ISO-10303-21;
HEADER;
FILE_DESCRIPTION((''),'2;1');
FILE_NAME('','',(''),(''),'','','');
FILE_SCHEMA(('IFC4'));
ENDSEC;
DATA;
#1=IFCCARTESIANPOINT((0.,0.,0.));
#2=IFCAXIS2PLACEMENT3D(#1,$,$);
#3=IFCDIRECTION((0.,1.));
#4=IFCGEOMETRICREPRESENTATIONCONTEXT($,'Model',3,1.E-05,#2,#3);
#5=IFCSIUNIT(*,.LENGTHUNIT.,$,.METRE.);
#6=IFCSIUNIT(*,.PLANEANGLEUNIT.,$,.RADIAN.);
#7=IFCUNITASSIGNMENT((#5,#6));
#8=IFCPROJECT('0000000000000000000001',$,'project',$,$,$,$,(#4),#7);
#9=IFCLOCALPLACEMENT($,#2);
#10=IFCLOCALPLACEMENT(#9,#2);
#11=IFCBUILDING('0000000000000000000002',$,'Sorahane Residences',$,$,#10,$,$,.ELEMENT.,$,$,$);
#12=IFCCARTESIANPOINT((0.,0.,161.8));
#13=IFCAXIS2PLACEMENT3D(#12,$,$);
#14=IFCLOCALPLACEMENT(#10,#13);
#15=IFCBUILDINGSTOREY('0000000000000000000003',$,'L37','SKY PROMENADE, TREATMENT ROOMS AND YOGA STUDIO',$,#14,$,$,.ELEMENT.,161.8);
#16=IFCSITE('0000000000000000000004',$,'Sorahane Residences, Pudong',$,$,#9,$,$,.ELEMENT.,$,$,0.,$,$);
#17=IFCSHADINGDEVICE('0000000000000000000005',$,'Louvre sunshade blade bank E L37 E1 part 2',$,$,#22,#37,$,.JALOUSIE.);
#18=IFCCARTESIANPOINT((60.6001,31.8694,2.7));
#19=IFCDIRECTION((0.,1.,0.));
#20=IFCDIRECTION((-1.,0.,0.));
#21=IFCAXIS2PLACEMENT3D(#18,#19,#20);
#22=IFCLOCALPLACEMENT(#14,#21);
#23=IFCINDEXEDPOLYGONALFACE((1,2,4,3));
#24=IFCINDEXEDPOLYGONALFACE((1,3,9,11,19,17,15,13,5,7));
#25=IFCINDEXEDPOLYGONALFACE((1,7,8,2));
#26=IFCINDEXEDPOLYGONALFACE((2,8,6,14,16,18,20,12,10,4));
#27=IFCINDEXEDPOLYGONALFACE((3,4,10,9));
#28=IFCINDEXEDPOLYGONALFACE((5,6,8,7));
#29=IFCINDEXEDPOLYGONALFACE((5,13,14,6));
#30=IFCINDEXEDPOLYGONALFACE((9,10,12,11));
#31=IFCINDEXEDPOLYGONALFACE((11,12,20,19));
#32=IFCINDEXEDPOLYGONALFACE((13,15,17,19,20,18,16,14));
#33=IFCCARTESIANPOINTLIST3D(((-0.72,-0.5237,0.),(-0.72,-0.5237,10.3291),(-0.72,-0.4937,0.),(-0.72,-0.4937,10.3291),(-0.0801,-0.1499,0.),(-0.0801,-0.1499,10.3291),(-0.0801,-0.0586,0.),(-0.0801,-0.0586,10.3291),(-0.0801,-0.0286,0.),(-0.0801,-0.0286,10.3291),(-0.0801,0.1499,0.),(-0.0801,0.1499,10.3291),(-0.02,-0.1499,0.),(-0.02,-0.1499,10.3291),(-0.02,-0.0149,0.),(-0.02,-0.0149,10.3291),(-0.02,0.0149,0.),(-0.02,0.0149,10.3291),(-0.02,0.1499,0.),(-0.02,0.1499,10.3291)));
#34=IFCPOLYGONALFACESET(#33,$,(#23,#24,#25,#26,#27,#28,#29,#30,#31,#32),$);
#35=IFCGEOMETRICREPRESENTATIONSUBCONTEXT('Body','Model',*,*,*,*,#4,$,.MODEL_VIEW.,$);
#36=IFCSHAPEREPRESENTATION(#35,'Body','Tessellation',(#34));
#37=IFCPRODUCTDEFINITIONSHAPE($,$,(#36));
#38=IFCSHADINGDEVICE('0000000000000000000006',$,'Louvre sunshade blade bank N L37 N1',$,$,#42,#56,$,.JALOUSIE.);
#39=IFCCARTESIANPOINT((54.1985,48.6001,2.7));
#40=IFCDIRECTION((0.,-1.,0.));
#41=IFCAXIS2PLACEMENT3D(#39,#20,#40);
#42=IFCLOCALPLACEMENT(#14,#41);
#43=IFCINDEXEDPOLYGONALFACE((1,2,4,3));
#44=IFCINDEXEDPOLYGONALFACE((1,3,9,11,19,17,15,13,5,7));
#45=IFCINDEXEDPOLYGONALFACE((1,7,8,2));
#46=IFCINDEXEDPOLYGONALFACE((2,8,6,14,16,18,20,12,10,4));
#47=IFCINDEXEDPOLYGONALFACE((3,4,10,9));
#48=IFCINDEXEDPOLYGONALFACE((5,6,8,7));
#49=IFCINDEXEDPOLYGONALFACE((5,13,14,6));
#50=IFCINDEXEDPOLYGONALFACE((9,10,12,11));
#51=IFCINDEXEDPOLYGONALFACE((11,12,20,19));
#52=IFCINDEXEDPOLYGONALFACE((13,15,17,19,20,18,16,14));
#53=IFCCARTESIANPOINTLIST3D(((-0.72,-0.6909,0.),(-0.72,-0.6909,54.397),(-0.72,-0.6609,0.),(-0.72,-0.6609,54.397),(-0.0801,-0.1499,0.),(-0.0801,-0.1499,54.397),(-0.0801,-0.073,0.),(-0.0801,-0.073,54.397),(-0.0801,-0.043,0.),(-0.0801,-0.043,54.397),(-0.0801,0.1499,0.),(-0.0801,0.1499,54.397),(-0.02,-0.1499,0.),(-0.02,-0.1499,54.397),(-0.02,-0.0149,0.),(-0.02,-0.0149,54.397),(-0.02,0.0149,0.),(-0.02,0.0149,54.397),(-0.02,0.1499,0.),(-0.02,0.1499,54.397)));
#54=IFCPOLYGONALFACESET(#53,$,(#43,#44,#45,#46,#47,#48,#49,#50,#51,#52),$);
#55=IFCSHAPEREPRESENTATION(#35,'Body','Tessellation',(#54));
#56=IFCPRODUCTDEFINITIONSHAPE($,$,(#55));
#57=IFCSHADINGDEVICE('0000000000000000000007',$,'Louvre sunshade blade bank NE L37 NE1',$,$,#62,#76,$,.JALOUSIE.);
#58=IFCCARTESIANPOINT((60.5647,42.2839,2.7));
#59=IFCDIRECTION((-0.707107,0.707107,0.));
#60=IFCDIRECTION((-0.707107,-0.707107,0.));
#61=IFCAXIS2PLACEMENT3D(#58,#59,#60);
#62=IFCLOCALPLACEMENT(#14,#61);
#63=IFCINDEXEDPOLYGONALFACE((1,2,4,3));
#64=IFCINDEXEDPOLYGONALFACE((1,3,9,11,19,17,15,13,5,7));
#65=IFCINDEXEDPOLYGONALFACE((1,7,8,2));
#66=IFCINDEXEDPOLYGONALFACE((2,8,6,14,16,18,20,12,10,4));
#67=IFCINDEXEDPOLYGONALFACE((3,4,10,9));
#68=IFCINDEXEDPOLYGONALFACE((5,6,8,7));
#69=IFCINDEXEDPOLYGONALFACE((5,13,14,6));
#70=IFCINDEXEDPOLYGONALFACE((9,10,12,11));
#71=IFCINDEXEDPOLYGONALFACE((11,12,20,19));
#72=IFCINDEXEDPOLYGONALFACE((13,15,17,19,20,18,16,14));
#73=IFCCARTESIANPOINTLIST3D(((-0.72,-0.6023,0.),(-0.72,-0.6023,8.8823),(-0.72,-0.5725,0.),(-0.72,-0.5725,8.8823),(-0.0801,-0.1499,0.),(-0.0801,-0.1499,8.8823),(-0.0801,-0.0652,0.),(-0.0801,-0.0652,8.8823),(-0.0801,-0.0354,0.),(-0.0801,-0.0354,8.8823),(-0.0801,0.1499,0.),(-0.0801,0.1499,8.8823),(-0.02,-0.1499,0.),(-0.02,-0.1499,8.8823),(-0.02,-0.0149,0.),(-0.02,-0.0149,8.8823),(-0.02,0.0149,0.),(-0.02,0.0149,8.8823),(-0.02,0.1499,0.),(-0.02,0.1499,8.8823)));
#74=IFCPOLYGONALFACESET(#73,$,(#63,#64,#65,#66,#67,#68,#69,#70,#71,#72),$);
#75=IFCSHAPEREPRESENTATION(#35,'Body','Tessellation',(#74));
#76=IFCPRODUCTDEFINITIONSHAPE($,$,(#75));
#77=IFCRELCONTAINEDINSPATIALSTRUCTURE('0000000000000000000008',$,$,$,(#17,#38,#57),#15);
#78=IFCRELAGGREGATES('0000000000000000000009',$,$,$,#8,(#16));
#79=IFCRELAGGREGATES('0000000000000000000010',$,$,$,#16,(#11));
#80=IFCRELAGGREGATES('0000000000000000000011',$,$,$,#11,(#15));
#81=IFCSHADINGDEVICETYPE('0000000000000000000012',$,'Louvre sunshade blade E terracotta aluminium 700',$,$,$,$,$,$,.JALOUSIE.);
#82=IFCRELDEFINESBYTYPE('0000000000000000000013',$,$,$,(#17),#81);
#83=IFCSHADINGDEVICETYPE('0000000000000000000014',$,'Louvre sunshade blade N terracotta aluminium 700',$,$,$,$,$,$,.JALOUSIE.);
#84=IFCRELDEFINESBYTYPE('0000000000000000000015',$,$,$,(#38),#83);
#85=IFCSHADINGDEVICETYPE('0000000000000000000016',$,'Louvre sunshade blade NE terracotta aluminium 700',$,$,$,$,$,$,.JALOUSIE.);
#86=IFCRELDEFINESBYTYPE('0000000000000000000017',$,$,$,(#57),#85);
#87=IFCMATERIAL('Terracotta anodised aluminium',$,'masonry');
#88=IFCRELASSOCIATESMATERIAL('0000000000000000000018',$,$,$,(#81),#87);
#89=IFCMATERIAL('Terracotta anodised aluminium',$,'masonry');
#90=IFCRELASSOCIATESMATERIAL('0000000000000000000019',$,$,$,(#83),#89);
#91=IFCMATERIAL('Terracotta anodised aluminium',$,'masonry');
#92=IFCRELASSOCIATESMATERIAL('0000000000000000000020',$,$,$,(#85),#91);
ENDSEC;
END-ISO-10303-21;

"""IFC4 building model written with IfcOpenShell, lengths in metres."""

from ifc_helpers import new_model, si_unit, direction, frame, origin, place, context, subcontext, project, spatial, polyline, outline, extrude, material, type_object, element, save


model = new_model("IFC4")

# Units and contexts
model_context = context("Model", 3, precision=1e-05, world=origin(), true_north=direction((0.0, 1.0)))
body_context = subcontext(model_context, "Body", "Model", "MODEL_VIEW")
ifc_project = project(units=[si_unit("LENGTHUNIT", "METRE"), si_unit("PLANEANGLEUNIT", "RADIAN")], contexts=[model_context])

# Site, building, storey
site_placement = place(None, origin())
site = spatial("IfcSite", under=ifc_project, at=site_placement, Name="Sorahane Residences, Pudong", CompositionType="ELEMENT", RefElevation=0.0)
building_placement = place(site_placement, origin())
building = spatial("IfcBuilding", under=site, at=building_placement, Name="Sorahane Residences", CompositionType="ELEMENT")
storey_placement = place(building_placement, frame((0.0, 0.0, 161.8)))
storey = spatial("IfcBuildingStorey", under=building, at=storey_placement, Name="L37", Description="SKY PROMENADE, TREATMENT ROOMS AND YOGA STUDIO", CompositionType="ELEMENT", Elevation=161.8)

# Shading devices
ifc_material_1 = material(Name="Terracotta anodised aluminium", Category="masonry")
shading_device_type_1 = type_object("IfcShadingDeviceType", Name="Louvre sunshade blade E terracotta aluminium 700", PredefinedType="JALOUSIE", material=ifc_material_1)
shading_device_1_placement = place(storey_placement, frame((60.6001, 31.8694, 2.7), z_axis=(0.0, 1.0, 0.0), x_axis=(-1.0, 0.0, 0.0)))
element("IfcShadingDevice", 1, at=shading_device_1_placement, inside=storey, type_object=shading_device_type_1, Name="Louvre sunshade blade bank E L37 E1 part 2", PredefinedType="JALOUSIE", context=body_context, shape_type="SweptSolid", body=[
    extrude(outline(polyline([(-0.72, -0.4937), (-0.72, -0.5237), (-0.0801, -0.0586), (-0.0801, -0.1499), (-0.02, -0.1499), (-0.02, -0.0149), (-0.02, 0.0149), (-0.02, 0.1499), (-0.0801, 0.1499), (-0.0801, -0.0286), (-0.72, -0.4937)])), origin(), (0.0, 0.0, 1.0), 10.3291),
])
ifc_material_2 = material(Name="Terracotta anodised aluminium", Category="masonry")
shading_device_type_2 = type_object("IfcShadingDeviceType", Name="Louvre sunshade blade N terracotta aluminium 700", PredefinedType="JALOUSIE", material=ifc_material_2)
shading_device_2_placement = place(storey_placement, frame((54.1985, 48.6001, 2.7), z_axis=(-1.0, 0.0, 0.0), x_axis=(0.0, -1.0, 0.0)))
element("IfcShadingDevice", 2, at=shading_device_2_placement, inside=storey, type_object=shading_device_type_2, Name="Louvre sunshade blade bank N L37 N1", PredefinedType="JALOUSIE", context=body_context, shape_type="SweptSolid", body=[
    extrude(outline(polyline([(-0.72, -0.6609), (-0.72, -0.6909), (-0.0801, -0.073), (-0.0801, -0.1499), (-0.02, -0.1499), (-0.02, -0.0149), (-0.02, 0.0149), (-0.02, 0.1499), (-0.0801, 0.1499), (-0.0801, -0.043), (-0.72, -0.6609)])), origin(), (0.0, 0.0, 1.0), 54.397),
])
ifc_material_3 = material(Name="Terracotta anodised aluminium", Category="masonry")
shading_device_type_3 = type_object("IfcShadingDeviceType", Name="Louvre sunshade blade NE terracotta aluminium 700", PredefinedType="JALOUSIE", material=ifc_material_3)
shading_device_3_placement = place(storey_placement, frame((60.5647, 42.2839, 2.7), z_axis=(-0.707107, 0.707107, 0.0), x_axis=(-0.707107, -0.707107, 0.0)))
element("IfcShadingDevice", 3, at=shading_device_3_placement, inside=storey, type_object=shading_device_type_3, Name="Louvre sunshade blade bank NE L37 NE1", PredefinedType="JALOUSIE", context=body_context, shape_type="SweptSolid", body=[
    extrude(outline(polyline([(-0.72, -0.5725), (-0.72, -0.6023), (-0.0801, -0.0652), (-0.0801, -0.1499), (-0.02, -0.1499), (-0.02, -0.0149), (-0.02, 0.0149), (-0.02, 0.1499), (-0.0801, 0.1499), (-0.0801, -0.0354), (-0.72, -0.5725)])), origin(), (0.0, 0.0, 1.0), 8.8823),
])

save(model, "model.ifc")
